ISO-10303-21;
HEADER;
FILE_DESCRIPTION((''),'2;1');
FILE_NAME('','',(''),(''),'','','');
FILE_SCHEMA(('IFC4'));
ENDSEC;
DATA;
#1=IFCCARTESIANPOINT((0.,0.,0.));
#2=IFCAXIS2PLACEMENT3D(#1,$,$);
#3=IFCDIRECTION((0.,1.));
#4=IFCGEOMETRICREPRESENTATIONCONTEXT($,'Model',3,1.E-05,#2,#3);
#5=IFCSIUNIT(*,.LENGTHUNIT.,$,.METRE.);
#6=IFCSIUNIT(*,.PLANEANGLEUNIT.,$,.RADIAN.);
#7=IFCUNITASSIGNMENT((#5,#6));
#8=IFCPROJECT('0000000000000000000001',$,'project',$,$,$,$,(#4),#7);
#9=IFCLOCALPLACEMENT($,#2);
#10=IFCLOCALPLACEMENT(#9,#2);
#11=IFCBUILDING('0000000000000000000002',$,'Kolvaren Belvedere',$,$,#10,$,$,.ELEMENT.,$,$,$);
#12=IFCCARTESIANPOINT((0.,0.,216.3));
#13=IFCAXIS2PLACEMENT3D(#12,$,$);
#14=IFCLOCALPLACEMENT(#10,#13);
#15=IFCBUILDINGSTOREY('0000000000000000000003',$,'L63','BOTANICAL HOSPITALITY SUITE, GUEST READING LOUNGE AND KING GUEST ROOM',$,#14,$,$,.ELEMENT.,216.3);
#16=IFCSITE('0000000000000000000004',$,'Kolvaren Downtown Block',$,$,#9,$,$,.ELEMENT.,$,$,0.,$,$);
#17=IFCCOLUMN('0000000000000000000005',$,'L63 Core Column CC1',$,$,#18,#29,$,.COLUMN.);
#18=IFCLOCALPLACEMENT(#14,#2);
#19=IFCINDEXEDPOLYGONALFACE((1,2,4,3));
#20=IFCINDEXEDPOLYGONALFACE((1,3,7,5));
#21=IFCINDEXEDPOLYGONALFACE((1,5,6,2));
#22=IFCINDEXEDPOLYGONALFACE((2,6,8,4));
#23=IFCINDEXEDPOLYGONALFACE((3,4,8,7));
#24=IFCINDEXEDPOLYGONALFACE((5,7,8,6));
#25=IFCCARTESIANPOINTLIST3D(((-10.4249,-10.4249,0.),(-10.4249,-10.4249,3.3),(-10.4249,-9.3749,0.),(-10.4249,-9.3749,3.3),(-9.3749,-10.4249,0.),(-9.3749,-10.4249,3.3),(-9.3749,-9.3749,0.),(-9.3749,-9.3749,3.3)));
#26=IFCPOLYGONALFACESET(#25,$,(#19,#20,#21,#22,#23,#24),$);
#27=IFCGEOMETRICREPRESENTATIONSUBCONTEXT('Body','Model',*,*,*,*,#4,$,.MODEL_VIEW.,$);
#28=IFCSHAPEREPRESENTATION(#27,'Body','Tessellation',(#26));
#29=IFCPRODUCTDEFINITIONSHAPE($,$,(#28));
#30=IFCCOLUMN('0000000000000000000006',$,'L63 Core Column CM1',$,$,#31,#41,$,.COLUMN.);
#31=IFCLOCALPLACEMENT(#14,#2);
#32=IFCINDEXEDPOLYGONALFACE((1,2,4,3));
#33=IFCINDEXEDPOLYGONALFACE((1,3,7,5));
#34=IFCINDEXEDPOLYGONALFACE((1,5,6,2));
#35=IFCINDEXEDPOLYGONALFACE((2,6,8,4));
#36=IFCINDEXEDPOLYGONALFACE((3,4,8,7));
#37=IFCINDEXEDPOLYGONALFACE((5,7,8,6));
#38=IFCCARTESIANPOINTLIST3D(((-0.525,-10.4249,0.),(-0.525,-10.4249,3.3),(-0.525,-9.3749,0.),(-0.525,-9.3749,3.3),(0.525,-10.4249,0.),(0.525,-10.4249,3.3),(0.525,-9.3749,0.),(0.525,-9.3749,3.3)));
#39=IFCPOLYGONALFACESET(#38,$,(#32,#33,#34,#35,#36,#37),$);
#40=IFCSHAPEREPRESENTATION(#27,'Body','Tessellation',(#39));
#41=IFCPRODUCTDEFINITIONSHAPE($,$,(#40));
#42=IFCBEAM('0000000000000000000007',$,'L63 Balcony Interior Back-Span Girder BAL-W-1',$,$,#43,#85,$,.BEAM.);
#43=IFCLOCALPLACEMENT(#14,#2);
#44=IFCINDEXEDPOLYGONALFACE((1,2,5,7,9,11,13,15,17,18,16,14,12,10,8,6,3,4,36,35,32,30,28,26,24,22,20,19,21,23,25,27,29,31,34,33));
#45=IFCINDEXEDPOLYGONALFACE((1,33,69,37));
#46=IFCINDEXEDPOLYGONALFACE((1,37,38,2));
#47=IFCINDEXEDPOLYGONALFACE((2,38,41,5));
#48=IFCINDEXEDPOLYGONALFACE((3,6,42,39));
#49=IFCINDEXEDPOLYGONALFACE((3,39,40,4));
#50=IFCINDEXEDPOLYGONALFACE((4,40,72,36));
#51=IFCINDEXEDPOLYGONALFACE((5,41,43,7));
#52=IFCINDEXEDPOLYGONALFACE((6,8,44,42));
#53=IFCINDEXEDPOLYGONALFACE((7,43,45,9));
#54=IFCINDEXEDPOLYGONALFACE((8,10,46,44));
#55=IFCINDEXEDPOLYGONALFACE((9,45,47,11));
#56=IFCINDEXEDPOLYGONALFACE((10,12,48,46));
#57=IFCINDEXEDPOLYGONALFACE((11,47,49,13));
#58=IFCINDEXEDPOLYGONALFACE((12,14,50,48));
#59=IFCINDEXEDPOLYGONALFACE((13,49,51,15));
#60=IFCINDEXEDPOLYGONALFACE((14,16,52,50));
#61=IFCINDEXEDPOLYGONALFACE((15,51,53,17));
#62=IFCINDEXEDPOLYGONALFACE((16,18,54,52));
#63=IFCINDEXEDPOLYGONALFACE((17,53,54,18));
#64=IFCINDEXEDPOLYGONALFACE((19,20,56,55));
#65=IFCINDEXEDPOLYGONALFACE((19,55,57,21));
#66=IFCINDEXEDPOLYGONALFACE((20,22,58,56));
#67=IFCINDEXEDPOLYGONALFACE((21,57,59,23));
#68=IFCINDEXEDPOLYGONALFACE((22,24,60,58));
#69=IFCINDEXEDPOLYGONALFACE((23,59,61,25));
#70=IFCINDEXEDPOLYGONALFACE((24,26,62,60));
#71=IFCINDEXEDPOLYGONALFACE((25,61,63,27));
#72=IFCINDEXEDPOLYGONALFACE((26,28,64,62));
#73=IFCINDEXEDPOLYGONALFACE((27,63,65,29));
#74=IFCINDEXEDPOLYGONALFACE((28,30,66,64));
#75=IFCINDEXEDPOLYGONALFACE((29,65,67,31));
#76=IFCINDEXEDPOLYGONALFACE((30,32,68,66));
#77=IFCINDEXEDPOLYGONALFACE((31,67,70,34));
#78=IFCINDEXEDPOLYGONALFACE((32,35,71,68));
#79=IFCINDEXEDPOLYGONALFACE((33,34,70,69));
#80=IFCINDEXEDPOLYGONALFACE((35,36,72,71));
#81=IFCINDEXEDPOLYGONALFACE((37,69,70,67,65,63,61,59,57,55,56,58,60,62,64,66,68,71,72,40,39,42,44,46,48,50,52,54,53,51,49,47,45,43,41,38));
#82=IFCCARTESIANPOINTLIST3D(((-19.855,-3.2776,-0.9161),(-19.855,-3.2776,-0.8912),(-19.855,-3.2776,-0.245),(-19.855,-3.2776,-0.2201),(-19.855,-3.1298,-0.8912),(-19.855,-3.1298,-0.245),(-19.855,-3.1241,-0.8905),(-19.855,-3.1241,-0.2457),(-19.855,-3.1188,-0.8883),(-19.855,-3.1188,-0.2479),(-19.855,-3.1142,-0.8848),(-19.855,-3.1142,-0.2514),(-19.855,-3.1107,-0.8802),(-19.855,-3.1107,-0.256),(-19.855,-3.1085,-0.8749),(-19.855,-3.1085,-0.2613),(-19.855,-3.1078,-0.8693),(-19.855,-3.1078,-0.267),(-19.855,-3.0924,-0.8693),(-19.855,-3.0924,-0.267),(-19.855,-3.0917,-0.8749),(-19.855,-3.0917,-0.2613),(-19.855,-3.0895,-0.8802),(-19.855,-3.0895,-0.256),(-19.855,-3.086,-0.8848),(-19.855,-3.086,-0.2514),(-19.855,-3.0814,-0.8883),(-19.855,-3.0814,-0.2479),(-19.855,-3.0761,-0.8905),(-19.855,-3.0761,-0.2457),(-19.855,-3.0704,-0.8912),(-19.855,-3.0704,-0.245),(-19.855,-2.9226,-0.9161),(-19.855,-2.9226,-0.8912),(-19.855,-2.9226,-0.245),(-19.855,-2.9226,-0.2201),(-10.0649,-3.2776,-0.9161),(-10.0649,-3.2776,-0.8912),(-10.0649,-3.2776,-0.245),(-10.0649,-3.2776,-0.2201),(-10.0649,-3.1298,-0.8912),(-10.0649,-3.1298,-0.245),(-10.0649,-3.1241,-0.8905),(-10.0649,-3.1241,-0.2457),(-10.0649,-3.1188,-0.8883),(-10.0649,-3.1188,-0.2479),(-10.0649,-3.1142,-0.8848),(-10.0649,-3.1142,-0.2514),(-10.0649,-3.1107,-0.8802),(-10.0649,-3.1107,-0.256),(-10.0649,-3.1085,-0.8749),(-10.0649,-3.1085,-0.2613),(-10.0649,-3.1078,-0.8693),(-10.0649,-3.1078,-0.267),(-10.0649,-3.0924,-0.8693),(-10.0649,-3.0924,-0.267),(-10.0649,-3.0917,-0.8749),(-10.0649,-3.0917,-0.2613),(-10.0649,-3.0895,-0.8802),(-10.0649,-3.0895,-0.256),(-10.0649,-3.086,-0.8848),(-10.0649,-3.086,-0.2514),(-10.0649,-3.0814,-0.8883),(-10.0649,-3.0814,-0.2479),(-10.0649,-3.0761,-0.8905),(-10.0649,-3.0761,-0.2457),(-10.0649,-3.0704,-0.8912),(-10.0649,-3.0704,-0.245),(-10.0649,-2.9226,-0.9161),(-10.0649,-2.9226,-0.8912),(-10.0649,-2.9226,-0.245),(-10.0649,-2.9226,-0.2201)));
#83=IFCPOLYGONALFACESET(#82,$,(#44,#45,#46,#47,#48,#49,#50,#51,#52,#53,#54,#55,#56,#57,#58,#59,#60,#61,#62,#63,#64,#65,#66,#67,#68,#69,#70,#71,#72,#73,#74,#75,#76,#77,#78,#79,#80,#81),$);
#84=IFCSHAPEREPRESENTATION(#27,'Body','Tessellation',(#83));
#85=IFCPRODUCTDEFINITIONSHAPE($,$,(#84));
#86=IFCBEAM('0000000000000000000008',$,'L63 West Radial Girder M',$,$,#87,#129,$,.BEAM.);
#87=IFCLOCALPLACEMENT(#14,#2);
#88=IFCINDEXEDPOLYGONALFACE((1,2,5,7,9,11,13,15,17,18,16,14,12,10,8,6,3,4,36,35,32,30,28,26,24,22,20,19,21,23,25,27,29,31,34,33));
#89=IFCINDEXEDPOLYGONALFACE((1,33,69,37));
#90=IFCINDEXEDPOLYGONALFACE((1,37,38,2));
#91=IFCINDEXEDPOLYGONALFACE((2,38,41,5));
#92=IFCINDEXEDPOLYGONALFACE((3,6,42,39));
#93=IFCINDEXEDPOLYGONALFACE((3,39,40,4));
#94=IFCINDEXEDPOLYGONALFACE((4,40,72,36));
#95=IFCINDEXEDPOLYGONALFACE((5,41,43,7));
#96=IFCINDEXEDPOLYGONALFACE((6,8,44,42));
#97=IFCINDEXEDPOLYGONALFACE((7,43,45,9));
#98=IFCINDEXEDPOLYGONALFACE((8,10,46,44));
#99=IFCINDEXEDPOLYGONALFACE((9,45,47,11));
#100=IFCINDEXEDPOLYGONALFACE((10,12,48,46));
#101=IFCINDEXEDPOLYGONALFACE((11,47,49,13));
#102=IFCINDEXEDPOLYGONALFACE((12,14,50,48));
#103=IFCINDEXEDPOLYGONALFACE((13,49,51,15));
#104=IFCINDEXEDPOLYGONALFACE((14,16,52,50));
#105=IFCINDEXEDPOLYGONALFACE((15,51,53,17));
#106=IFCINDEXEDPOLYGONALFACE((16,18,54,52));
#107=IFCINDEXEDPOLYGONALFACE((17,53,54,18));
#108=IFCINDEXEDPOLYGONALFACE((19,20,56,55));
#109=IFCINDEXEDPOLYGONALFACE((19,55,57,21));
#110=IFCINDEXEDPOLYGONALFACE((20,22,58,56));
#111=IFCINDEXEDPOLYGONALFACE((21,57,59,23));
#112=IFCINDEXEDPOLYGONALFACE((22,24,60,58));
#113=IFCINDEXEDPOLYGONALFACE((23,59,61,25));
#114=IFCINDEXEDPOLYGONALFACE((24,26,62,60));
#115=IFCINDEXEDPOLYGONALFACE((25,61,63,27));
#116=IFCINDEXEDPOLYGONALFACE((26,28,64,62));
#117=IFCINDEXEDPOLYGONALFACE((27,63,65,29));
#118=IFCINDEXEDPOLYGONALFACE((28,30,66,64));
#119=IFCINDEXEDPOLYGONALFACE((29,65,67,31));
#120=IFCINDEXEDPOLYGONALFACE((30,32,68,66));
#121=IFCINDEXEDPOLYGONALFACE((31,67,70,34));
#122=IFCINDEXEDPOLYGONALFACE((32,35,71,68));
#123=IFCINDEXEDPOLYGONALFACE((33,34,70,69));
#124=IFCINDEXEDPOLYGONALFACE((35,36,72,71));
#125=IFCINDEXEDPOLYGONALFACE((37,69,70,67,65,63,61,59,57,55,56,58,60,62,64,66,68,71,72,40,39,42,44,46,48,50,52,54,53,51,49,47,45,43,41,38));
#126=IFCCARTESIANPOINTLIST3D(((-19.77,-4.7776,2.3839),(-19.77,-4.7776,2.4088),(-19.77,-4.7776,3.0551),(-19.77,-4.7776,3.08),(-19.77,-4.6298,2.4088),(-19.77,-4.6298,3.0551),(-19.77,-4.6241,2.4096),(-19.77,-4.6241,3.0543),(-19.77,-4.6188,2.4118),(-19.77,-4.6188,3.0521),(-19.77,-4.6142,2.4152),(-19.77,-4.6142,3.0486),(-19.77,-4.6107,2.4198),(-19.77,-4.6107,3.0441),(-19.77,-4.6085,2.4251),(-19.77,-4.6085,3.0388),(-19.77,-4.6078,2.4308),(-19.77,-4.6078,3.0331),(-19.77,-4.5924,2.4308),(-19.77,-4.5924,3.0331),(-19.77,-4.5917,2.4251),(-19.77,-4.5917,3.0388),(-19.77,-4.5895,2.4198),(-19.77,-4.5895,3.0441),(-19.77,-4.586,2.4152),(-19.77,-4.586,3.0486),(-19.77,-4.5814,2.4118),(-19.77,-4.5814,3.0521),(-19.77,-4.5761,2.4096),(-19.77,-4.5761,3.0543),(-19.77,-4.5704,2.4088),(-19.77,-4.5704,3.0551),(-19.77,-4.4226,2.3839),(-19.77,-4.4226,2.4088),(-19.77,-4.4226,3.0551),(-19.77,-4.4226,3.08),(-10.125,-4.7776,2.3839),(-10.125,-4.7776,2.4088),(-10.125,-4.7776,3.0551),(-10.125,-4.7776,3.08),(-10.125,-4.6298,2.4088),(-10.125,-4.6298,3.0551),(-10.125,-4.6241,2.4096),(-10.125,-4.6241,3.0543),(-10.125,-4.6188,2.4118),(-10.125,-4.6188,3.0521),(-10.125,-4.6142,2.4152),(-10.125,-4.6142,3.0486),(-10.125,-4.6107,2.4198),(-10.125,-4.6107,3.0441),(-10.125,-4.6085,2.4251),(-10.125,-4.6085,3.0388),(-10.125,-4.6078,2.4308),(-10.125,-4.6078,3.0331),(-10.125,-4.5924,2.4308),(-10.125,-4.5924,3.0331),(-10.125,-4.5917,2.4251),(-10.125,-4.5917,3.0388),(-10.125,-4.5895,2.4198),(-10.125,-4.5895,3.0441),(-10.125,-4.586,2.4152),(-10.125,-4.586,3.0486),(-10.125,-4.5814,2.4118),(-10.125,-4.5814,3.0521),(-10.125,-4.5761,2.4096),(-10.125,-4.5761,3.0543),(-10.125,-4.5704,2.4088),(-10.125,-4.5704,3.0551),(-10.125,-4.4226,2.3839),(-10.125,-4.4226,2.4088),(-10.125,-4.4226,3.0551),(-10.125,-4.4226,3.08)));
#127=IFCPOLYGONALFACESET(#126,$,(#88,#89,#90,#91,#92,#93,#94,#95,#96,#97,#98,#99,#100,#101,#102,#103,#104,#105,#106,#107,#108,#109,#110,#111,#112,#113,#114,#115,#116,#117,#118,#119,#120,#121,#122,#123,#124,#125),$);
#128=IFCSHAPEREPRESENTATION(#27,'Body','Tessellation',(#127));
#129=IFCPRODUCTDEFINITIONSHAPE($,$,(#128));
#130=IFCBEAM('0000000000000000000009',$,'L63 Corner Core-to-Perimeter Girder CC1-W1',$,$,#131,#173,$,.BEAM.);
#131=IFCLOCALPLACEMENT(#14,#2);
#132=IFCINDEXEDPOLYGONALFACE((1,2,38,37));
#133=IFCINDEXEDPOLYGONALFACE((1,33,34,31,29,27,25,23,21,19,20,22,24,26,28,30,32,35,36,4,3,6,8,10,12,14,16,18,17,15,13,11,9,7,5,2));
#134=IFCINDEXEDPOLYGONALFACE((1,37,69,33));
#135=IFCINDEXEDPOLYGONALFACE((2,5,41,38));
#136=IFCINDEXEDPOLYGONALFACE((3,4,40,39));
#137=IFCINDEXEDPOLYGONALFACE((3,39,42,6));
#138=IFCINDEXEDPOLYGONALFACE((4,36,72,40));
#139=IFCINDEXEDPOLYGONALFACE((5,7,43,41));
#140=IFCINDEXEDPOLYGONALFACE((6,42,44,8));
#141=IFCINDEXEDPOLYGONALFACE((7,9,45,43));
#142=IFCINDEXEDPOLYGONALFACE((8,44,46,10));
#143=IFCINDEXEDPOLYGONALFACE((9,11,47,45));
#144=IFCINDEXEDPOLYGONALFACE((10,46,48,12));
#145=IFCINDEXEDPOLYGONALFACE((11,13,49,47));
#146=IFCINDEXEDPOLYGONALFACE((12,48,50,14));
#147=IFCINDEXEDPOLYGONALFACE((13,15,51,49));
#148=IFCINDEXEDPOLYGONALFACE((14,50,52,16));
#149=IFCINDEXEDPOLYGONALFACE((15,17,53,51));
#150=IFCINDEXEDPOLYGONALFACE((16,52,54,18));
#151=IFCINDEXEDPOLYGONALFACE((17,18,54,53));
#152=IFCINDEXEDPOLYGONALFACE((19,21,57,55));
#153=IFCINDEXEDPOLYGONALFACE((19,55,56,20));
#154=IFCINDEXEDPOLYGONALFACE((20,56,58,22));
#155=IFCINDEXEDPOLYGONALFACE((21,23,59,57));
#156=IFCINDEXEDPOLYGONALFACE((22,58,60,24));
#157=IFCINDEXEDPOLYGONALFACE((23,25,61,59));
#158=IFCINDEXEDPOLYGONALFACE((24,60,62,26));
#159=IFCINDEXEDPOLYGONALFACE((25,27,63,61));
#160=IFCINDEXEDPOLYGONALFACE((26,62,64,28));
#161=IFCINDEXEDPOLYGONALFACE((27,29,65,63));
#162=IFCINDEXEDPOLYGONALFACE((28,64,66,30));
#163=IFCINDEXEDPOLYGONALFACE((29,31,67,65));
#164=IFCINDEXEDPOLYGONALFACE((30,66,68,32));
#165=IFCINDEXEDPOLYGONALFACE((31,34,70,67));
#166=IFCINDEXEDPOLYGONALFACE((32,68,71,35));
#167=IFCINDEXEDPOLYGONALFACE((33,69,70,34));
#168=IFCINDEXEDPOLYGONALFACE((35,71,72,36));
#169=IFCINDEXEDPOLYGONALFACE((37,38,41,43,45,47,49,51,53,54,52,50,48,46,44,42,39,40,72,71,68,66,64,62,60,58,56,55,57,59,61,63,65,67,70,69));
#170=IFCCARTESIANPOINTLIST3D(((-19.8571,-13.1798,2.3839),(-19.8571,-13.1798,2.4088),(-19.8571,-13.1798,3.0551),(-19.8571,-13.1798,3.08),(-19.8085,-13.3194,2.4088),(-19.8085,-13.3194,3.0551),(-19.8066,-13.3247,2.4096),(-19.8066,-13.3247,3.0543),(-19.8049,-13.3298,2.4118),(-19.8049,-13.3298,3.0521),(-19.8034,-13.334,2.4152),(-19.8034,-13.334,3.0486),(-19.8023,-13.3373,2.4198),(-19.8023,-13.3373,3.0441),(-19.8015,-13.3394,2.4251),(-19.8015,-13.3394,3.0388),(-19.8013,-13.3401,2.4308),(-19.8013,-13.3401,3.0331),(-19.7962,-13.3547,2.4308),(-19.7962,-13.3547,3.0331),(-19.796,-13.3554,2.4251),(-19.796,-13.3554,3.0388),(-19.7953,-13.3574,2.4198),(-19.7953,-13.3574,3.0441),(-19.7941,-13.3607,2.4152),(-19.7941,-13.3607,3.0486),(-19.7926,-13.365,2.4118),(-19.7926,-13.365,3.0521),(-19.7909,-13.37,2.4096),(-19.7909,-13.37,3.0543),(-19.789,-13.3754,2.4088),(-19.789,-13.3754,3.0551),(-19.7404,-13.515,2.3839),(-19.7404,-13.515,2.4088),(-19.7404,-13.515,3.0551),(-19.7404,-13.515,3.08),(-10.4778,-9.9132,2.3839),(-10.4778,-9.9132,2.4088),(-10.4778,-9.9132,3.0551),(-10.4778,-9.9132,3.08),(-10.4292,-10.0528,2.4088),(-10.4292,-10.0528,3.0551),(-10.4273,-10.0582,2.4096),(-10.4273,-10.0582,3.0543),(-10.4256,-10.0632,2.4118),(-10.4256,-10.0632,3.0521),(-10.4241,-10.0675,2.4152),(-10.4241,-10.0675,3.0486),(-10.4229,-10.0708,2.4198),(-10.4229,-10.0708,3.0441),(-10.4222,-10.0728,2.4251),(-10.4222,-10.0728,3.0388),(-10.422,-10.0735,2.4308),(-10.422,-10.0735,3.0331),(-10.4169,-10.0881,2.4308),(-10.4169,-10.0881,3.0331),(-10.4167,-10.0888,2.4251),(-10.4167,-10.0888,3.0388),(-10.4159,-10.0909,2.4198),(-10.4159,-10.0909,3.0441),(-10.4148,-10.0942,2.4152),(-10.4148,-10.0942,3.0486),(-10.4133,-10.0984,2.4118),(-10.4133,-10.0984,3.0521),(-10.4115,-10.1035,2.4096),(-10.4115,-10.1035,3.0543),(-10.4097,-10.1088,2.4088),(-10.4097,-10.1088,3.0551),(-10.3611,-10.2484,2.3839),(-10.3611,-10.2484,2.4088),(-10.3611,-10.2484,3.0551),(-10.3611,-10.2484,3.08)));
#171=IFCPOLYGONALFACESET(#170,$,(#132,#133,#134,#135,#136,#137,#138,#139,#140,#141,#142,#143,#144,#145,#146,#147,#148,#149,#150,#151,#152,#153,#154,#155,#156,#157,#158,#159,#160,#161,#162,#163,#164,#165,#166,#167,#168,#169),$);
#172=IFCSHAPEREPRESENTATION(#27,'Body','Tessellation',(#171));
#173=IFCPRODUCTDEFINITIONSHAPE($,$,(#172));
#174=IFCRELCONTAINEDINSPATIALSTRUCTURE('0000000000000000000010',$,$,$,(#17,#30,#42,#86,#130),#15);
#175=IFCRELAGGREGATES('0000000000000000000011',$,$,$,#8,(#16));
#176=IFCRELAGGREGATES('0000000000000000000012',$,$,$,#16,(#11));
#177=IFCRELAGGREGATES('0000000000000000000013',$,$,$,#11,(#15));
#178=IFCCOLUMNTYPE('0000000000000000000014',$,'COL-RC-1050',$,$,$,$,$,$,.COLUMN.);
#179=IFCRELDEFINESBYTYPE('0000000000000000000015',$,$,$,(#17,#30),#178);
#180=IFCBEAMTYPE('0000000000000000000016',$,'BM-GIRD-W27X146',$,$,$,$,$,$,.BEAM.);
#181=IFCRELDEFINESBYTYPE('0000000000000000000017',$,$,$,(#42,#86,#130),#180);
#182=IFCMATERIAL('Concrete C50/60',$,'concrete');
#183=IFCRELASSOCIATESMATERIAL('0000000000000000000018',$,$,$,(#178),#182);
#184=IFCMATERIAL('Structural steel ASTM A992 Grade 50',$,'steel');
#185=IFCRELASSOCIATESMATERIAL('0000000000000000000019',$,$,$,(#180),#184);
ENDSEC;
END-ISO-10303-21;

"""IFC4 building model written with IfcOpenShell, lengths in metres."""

from ifc_helpers import new_model, si_unit, direction, frame, origin, origin_2d, place, context, subcontext, project, spatial, rectangle, i_section, extrude, material, material_profile, profile_set, type_object, element, save


model = new_model("IFC4")

# Units and contexts
model_context = context("Model", 3, precision=1e-05, world=origin(), true_north=direction((0.0, 1.0)))
body_context = subcontext(model_context, "Body", "Model", "MODEL_VIEW")
ifc_project = project(units=[si_unit("LENGTHUNIT", "METRE"), si_unit("PLANEANGLEUNIT", "RADIAN")], contexts=[model_context])

# Site, building, storey
site_placement = place(None, origin())
site = spatial("IfcSite", under=ifc_project, at=site_placement, Name="Kolvaren Downtown Block", CompositionType="ELEMENT", RefElevation=0.0)
building_placement = place(site_placement, origin())
building = spatial("IfcBuilding", under=site, at=building_placement, Name="Kolvaren Belvedere", CompositionType="ELEMENT")
storey_placement = place(building_placement, frame((0.0, 0.0, 216.3)))
storey = spatial("IfcBuildingStorey", under=building, at=storey_placement, Name="L63", Description="BOTANICAL HOSPITALITY SUITE, GUEST READING LOUNGE AND KING GUEST ROOM", CompositionType="ELEMENT", Elevation=216.3)

# Columns
ifc_material_1 = material(Name="Concrete C50/60", Category="concrete")
ifc_material_profile_1 = material_profile(ifc_material_1, rectangle(XDim=1.05, YDim=1.05, at=origin_2d()), Name="RC 1050X1050")
ifc_profile_set_1 = profile_set([ifc_material_profile_1], Name="Concrete C50/60")
column_type = type_object("IfcColumnType", Name="COL-RC-1050", PredefinedType="COLUMN", material=ifc_profile_set_1)
for number, where, z_axis, x_axis, name in (
    (1, (-9.8999, -9.8999, 0.0), (0.0, 0.0, 1.0), (1.0, 0.0, 0.0), "L63 Core Column CC1"),
    (2, (0.0, -9.8999, 0.0), (0.0, 0.0, 1.0), (1.0, 0.0, 0.0), "L63 Core Column CM1"),
):
    element("IfcColumn", number, at=place(storey_placement, frame(where, z_axis=z_axis, x_axis=x_axis)), inside=storey, type_object=column_type, Name=name, PredefinedType="COLUMN", context=body_context, shape_type="SweptSolid", body=[
        extrude(rectangle(XDim=1.05, YDim=1.05, at=origin_2d()), origin(), (0.0, 0.0, 1.0), 3.3),
    ])

# Beams
ifc_material_2 = material(Name="Structural steel ASTM A992 Grade 50", Category="steel")
ifc_material_profile_2 = material_profile(ifc_material_2, i_section(OverallWidth=0.355, OverallDepth=0.696, WebThickness=0.0154, FlangeThickness=0.0249, FilletRadius=0.022, at=origin_2d()), Name="W27X146")
ifc_profile_set_2 = profile_set([ifc_material_profile_2], Name="Structural steel ASTM A992 Grade 50")
beam_type_1 = type_object("IfcBeamType", Name="BM-GIRD-W27X146", PredefinedType="BEAM", material=ifc_profile_set_2)
beam_1_placement = place(storey_placement, frame((-10.0649, -3.1001, -0.5681), z_axis=(-1.0, 0.0, 0.0), x_axis=(0.0, -1.0, 0.0)))
element("IfcBeam", 3, at=beam_1_placement, inside=storey, type_object=beam_type_1, Name="L63 Balcony Interior Back-Span Girder BAL-W-1", PredefinedType="BEAM", context=body_context, shape_type="SweptSolid", body=[
    extrude(i_section(OverallWidth=0.355, OverallDepth=0.696, WebThickness=0.0154, FlangeThickness=0.0249, FilletRadius=0.022, at=origin_2d()), origin(), (0.0, 0.0, 1.0), 9.79),
])
beam_2_placement = place(storey_placement, frame((-10.125, -4.6001, 2.7319), z_axis=(-1.0, 0.0, 0.0), x_axis=(0.0, -1.0, 0.0)))
element("IfcBeam", 4, at=beam_2_placement, inside=storey, type_object=beam_type_1, Name="L63 West Radial Girder M", PredefinedType="BEAM", context=body_context, shape_type="SweptSolid", body=[
    extrude(i_section(OverallWidth=0.355, OverallDepth=0.696, WebThickness=0.0154, FlangeThickness=0.0249, FilletRadius=0.022, at=origin_2d()), origin(), (0.0, 0.0, 1.0), 9.645),
])
beam_3_placement = place(storey_placement, frame((-10.4194, -10.0808, 2.7319), z_axis=(-0.944365, -0.328898, 0.0), x_axis=(0.328898, -0.944365, 0.0)))
element("IfcBeam", 5, at=beam_3_placement, inside=storey, type_object=beam_type_1, Name="L63 Corner Core-to-Perimeter Girder CC1-W1", PredefinedType="BEAM", context=body_context, shape_type="SweptSolid", body=[
    extrude(i_section(OverallWidth=0.355, OverallDepth=0.696, WebThickness=0.0154, FlangeThickness=0.0249, FilletRadius=0.022, at=origin_2d()), origin(), (0.0, 0.0, 1.0), 9.9319),
])

save(model, "model.ifc")
